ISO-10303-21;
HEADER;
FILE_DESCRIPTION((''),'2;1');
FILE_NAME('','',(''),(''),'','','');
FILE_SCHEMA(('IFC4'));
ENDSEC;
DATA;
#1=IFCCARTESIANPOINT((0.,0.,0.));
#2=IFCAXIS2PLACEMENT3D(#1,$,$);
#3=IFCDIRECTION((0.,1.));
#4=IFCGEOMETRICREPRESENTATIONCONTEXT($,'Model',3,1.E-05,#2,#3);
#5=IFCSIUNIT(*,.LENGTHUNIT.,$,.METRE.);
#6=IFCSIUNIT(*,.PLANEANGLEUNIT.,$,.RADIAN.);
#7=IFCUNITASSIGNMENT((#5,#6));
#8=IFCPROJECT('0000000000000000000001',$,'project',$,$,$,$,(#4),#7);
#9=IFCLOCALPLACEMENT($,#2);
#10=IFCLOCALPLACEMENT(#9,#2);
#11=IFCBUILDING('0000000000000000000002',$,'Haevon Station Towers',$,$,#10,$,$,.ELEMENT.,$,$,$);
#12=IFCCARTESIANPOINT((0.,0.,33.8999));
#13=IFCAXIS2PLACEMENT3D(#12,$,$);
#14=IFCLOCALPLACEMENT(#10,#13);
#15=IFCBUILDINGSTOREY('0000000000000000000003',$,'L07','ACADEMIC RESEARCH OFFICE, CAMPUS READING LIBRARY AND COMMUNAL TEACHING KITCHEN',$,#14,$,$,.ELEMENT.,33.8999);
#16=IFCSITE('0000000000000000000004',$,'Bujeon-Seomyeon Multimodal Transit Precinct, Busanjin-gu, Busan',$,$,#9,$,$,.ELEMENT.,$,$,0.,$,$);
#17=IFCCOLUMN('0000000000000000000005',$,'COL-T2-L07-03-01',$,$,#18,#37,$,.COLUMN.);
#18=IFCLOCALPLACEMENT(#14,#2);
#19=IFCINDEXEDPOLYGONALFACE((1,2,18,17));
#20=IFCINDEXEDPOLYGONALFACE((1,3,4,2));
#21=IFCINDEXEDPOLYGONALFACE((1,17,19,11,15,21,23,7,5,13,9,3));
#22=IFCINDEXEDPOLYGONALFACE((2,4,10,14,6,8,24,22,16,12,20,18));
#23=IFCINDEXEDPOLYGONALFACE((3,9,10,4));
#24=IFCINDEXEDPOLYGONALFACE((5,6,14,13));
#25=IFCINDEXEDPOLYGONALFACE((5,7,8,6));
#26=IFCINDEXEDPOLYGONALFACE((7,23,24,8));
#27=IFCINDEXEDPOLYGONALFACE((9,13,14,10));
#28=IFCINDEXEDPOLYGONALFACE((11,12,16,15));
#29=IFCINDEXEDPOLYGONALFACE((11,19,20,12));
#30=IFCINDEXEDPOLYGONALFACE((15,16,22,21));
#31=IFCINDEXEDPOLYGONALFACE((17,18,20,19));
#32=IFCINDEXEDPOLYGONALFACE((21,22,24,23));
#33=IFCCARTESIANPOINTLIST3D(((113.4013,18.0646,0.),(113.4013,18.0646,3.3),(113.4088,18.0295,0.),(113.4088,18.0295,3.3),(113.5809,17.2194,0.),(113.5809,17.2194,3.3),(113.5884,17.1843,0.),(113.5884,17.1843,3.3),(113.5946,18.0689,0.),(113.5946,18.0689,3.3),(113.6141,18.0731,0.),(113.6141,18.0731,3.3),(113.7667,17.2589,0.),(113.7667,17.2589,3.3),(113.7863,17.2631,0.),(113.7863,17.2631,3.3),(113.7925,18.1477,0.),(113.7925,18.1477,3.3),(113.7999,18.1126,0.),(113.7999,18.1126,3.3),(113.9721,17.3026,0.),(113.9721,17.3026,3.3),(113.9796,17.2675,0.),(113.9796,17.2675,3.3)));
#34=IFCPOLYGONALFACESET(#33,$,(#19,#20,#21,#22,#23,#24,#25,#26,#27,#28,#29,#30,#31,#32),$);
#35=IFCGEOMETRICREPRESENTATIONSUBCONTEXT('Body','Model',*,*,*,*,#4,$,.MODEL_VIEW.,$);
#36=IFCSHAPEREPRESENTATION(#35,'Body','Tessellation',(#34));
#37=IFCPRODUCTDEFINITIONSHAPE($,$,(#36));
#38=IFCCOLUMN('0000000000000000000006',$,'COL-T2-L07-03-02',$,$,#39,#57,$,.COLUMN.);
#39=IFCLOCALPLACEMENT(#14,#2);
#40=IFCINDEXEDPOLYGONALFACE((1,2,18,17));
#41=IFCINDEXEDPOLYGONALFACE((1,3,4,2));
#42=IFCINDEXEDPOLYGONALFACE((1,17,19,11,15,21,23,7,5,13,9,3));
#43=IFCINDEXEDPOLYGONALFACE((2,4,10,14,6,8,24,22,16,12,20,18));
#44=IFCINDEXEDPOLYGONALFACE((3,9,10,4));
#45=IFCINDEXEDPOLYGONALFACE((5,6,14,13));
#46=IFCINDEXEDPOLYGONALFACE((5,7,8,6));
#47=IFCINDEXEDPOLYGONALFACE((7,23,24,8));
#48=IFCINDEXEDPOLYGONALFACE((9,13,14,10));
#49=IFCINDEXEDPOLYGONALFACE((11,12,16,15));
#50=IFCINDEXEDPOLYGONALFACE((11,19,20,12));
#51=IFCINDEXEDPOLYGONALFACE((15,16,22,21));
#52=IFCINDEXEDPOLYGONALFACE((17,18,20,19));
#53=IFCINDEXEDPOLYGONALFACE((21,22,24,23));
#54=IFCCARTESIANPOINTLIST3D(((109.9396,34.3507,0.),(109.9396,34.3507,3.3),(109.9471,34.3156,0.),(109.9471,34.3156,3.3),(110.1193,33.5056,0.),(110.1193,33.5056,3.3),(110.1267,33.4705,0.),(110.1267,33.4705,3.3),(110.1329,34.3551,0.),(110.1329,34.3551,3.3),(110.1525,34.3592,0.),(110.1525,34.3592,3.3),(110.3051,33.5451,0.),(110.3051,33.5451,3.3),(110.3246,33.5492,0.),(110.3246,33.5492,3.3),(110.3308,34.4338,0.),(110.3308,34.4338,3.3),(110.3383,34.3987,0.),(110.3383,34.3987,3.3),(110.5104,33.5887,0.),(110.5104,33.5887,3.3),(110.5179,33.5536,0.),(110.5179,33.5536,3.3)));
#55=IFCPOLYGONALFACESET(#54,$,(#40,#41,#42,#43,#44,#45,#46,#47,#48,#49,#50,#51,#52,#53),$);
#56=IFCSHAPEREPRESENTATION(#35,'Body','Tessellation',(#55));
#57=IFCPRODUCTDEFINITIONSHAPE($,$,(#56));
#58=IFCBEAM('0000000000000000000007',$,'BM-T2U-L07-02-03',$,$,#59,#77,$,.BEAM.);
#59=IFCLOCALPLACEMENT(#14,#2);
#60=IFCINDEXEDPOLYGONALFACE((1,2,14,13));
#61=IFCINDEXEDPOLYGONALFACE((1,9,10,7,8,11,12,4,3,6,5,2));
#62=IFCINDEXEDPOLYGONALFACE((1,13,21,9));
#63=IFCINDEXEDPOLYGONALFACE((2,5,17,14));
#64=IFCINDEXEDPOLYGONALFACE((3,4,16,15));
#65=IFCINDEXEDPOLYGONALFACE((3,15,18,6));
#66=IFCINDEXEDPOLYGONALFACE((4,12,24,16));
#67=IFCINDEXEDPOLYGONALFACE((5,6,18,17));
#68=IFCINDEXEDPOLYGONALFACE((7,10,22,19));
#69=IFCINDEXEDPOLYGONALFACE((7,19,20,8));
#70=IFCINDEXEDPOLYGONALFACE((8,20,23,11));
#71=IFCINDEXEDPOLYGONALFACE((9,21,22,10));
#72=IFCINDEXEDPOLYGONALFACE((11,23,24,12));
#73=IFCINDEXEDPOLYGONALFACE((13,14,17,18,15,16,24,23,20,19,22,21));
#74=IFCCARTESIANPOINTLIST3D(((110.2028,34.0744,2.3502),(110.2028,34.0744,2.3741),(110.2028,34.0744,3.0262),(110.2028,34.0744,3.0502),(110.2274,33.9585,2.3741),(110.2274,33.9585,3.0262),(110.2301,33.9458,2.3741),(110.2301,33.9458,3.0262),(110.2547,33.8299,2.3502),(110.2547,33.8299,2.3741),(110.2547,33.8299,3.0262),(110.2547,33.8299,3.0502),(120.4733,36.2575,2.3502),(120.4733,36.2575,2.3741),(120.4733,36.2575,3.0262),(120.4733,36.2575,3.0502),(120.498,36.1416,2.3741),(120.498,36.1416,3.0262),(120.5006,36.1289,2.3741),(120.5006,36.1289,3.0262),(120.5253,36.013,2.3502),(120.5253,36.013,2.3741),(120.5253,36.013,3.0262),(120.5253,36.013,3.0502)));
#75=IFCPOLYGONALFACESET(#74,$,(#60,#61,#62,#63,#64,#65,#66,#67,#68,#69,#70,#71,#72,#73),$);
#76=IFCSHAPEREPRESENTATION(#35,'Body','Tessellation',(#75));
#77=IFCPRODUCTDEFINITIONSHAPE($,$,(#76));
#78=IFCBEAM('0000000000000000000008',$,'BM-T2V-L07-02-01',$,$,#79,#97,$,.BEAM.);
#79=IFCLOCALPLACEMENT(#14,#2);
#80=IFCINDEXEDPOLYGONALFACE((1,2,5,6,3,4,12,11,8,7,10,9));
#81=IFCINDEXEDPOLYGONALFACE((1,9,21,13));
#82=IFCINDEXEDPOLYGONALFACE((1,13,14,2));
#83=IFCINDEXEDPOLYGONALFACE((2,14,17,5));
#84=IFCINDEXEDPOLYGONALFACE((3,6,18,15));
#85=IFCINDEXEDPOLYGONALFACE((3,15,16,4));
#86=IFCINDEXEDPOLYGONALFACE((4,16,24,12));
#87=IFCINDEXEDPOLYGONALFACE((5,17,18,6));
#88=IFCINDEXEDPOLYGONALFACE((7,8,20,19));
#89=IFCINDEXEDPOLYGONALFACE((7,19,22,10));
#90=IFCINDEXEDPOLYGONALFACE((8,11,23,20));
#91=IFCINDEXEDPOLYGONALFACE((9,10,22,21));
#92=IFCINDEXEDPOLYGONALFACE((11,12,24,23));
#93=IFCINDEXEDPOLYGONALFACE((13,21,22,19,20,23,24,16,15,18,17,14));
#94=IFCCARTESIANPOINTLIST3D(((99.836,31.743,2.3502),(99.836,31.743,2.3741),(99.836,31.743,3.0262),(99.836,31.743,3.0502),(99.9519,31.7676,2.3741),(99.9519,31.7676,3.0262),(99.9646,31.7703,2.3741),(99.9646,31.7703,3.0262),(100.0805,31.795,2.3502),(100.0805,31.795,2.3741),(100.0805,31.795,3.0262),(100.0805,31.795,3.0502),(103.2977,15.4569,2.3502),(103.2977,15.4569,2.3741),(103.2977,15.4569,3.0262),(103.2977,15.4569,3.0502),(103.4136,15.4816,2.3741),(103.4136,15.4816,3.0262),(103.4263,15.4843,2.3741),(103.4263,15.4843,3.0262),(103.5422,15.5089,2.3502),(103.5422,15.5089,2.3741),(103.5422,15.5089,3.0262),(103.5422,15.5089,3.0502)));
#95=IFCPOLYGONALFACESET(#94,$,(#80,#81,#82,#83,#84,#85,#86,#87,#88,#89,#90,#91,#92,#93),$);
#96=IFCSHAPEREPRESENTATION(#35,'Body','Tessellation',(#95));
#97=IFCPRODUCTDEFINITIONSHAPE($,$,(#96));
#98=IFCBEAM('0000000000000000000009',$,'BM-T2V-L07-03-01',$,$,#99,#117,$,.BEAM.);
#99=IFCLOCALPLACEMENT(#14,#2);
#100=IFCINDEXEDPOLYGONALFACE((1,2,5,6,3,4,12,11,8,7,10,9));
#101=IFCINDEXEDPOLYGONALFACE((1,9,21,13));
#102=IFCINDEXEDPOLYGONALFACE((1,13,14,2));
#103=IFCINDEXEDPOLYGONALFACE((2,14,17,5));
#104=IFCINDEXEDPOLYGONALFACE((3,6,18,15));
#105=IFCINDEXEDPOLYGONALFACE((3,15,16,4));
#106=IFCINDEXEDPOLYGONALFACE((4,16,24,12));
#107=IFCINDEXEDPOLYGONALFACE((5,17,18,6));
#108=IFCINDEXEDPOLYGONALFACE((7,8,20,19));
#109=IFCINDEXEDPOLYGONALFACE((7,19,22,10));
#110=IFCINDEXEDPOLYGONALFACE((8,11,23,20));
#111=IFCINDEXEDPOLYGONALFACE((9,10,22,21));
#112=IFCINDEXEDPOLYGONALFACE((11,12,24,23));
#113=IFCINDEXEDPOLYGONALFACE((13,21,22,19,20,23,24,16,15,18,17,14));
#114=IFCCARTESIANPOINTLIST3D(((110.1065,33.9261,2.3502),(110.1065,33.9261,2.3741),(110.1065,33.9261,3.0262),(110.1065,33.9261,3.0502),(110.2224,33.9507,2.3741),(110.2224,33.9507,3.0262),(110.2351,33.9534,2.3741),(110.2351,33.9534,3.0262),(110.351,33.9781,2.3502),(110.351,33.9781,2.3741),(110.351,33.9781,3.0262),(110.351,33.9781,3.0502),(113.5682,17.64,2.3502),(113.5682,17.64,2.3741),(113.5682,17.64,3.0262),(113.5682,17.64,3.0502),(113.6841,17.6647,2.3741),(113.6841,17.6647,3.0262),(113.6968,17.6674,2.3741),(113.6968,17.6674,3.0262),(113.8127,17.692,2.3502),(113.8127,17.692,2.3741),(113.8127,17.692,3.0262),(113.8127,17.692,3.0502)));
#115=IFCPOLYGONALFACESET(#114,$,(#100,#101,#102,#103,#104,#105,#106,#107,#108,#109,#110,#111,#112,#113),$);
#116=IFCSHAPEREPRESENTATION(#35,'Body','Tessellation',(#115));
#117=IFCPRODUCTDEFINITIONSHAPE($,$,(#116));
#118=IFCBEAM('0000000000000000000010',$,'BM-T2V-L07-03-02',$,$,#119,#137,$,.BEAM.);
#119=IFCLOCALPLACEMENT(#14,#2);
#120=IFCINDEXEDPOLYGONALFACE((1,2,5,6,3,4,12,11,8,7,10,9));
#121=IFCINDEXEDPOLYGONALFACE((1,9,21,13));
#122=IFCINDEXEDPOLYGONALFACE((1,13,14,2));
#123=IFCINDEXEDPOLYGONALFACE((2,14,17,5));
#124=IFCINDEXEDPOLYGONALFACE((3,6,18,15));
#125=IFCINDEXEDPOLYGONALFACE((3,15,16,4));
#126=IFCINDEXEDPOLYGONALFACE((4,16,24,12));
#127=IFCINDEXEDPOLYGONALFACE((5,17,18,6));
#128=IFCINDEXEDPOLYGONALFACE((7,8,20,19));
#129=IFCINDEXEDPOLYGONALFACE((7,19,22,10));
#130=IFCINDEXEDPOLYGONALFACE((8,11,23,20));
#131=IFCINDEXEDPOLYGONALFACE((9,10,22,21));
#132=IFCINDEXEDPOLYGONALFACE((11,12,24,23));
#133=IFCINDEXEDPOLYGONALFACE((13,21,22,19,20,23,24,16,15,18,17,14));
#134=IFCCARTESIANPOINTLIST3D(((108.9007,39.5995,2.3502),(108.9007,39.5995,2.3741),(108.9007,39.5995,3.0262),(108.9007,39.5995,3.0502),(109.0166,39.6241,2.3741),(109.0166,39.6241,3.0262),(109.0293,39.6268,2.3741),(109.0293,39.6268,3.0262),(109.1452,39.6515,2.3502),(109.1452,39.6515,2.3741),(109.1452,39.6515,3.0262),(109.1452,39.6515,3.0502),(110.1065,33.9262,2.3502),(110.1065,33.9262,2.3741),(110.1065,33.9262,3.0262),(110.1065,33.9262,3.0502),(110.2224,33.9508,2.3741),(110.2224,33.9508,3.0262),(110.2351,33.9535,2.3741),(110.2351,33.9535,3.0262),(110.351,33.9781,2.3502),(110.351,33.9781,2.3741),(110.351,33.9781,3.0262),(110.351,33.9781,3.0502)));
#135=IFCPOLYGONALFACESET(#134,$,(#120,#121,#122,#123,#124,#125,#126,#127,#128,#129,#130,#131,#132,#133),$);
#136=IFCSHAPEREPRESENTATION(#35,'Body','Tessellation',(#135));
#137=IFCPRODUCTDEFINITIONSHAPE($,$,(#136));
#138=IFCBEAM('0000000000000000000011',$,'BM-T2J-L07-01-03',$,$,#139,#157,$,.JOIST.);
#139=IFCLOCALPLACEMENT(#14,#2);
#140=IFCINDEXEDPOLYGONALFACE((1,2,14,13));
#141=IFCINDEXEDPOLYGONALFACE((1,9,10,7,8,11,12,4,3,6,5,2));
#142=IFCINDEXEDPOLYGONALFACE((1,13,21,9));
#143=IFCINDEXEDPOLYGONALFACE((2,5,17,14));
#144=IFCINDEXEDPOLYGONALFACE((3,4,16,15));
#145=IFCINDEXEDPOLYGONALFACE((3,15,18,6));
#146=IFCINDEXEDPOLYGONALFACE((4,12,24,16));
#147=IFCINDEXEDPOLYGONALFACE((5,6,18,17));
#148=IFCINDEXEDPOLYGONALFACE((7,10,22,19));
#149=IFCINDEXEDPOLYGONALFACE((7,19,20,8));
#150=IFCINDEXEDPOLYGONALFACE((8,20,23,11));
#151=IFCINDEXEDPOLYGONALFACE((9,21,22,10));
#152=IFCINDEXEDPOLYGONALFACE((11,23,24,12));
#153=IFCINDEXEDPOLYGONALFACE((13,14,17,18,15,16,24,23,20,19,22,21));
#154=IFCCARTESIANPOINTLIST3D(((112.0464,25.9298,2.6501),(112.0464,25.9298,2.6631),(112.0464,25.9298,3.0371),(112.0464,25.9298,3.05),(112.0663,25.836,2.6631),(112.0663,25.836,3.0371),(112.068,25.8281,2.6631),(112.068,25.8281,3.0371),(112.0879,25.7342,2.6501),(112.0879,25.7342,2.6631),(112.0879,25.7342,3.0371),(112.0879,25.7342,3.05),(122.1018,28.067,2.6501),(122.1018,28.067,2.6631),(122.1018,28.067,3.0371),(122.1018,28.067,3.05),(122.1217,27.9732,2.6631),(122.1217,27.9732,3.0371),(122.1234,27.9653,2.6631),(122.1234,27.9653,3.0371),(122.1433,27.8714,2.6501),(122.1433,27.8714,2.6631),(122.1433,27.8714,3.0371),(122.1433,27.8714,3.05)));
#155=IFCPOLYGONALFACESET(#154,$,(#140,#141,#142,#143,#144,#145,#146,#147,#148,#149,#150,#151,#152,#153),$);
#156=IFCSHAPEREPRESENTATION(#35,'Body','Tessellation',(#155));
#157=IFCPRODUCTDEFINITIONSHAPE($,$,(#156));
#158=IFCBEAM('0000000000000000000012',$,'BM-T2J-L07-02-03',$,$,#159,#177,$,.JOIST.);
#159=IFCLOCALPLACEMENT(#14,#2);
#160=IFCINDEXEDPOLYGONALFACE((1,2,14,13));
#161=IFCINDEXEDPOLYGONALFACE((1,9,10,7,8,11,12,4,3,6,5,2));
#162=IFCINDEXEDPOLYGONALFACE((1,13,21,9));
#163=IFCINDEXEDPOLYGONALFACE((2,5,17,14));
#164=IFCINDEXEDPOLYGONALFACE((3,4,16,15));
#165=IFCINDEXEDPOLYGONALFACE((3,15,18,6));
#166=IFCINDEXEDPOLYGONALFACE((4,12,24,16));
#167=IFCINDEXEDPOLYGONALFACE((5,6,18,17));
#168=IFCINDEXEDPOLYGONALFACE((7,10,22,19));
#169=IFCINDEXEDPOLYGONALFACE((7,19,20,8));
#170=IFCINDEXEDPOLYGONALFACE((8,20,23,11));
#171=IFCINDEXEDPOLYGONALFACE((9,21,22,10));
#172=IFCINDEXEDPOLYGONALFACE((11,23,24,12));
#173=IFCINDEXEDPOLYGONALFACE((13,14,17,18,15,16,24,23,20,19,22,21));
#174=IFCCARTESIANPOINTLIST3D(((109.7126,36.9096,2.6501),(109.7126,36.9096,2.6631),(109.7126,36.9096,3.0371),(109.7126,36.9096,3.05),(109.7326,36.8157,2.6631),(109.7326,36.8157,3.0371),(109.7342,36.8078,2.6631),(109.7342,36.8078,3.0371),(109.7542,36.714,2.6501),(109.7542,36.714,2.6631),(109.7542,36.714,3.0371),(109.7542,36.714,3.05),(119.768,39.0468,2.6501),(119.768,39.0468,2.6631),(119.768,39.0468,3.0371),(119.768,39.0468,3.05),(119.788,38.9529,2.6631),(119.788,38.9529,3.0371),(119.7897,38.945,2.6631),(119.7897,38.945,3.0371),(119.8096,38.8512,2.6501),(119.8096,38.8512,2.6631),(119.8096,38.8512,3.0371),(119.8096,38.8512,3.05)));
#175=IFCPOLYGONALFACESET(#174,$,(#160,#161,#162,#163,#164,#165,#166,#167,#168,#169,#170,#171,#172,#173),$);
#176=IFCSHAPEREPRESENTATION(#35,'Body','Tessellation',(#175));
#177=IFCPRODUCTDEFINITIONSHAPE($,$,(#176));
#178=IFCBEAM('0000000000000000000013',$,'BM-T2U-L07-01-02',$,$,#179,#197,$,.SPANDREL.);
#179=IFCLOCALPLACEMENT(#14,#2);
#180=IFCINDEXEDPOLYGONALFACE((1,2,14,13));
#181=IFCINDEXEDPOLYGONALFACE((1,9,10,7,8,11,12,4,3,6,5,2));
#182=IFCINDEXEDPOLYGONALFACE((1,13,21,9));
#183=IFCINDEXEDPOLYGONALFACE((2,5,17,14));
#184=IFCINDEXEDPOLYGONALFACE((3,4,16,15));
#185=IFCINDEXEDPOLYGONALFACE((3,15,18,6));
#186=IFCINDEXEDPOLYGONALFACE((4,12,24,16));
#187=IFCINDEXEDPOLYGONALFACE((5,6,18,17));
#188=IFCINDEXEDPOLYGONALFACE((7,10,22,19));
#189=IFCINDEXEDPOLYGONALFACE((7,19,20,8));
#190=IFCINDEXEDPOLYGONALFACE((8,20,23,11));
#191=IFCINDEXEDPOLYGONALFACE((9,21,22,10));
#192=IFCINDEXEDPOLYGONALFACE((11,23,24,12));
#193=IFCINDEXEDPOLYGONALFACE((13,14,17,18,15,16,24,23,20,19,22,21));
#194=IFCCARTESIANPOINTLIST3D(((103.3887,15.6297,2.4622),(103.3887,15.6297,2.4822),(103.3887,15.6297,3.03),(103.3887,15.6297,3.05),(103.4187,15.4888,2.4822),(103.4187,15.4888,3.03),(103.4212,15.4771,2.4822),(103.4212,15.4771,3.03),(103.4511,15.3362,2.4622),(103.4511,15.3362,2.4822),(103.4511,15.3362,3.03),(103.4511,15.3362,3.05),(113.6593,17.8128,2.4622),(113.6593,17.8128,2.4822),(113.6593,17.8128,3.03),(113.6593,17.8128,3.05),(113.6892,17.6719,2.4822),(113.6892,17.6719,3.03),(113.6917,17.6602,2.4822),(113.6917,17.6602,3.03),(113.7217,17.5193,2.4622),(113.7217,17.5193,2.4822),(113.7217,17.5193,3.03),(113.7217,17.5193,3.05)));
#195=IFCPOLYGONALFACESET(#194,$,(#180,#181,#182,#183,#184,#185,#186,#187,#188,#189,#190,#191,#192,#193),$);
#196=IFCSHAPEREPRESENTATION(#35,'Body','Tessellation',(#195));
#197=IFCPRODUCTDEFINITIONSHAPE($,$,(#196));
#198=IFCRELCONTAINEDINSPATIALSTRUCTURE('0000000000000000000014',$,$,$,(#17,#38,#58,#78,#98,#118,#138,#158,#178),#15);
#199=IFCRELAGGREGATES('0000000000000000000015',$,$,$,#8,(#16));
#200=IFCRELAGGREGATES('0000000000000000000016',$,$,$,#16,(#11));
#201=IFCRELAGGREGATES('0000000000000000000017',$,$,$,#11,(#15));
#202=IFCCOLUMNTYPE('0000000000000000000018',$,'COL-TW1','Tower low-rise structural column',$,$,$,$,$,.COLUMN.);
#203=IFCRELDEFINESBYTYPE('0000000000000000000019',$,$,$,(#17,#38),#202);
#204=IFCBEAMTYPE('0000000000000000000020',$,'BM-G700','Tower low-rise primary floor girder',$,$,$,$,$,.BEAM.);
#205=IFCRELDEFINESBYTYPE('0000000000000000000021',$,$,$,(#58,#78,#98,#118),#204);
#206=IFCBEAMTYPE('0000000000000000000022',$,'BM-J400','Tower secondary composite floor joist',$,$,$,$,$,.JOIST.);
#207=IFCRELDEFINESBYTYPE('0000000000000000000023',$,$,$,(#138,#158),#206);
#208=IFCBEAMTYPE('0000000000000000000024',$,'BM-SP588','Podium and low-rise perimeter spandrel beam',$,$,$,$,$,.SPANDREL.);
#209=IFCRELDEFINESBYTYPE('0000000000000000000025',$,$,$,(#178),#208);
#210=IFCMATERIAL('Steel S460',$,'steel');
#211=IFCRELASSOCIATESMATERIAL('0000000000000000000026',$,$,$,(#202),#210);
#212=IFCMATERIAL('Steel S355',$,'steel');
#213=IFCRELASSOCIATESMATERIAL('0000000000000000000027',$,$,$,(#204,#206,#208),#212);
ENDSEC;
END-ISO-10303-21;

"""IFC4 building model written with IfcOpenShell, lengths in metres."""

from ifc_helpers import new_model, si_unit, direction, frame, origin, origin_2d, place, context, subcontext, project, spatial, i_section, extrude, material, material_profile, profile_set, type_object, element, save


model = new_model("IFC4")

# Units and contexts
model_context = context("Model", 3, precision=1e-05, world=origin(), true_north=direction((0.0, 1.0)))
body_context = subcontext(model_context, "Body", "Model", "MODEL_VIEW")
ifc_project = project(units=[si_unit("LENGTHUNIT", "METRE"), si_unit("PLANEANGLEUNIT", "RADIAN")], contexts=[model_context])

# Site, building, storey
site_placement = place(None, origin())
site = spatial("IfcSite", under=ifc_project, at=site_placement, Name="Bujeon-Seomyeon Multimodal Transit Precinct, Busanjin-gu, Busan", CompositionType="ELEMENT", RefElevation=0.0)
building_placement = place(site_placement, origin())
building = spatial("IfcBuilding", under=site, at=building_placement, Name="Haevon Station Towers", CompositionType="ELEMENT")
storey_placement = place(building_placement, frame((0.0, 0.0, 33.8999)))
storey = spatial("IfcBuildingStorey", under=building, at=storey_placement, Name="L07", Description="ACADEMIC RESEARCH OFFICE, CAMPUS READING LIBRARY AND COMMUNAL TEACHING KITCHEN", CompositionType="ELEMENT", Elevation=33.8999)

# Columns
ifc_material_1 = material(Name="Steel S460", Category="steel")
ifc_material_profile_1 = material_profile(ifc_material_1, i_section(OverallWidth=0.3999, OverallDepth=0.8999, WebThickness=0.02, FlangeThickness=0.0359, at=origin_2d()), Name="H-900x400x20x36")
ifc_profile_set_1 = profile_set([ifc_material_profile_1], Name="Steel S460")
column_type = type_object("IfcColumnType", Name="COL-TW1", Description="Tower low-rise structural column", PredefinedType="COLUMN", material=ifc_profile_set_1)
for number, where, z_axis, x_axis, name in (
    (1, (113.6904, 17.666, 0.0), (0.0, 0.0, 1.0), (0.978148, 0.207912, 0.0), "COL-T2-L07-03-01"),
    (2, (110.2288, 33.9521, 0.0), (0.0, 0.0, 1.0), (0.978148, 0.207912, 0.0), "COL-T2-L07-03-02"),
):
    element("IfcColumn", number, at=place(storey_placement, frame(where, z_axis=z_axis, x_axis=x_axis)), inside=storey, type_object=column_type, Name=name, PredefinedType="COLUMN", context=body_context, shape_type="SweptSolid", body=[
        extrude(i_section(OverallWidth=0.3999, OverallDepth=0.8999, WebThickness=0.02, FlangeThickness=0.0359, at=origin_2d()), origin(), (0.0, 0.0, 1.0), 3.3),
    ])

# Beams
ifc_material_2 = material(Name="Steel S355", Category="steel")
ifc_material_profile_2 = material_profile(ifc_material_2, i_section(OverallWidth=0.25, OverallDepth=0.7, WebThickness=0.0129, FlangeThickness=0.0239, at=origin_2d()), Name="H-700x250x13x24")
ifc_profile_set_2 = profile_set([ifc_material_profile_2], Name="Steel S355")
beam_type_1 = type_object("IfcBeamType", Name="BM-G700", Description="Tower low-rise primary floor girder", PredefinedType="BEAM", material=ifc_profile_set_2)
beam_1_placement = place(storey_placement, frame((110.2288, 33.9521, 2.7002), z_axis=(0.978147, 0.207915, 0.0), x_axis=(-0.207915, 0.978147, 0.0)))
element("IfcBeam", 3, at=beam_1_placement, inside=storey, type_object=beam_type_1, Name="BM-T2U-L07-02-03", PredefinedType="BEAM", context=body_context, shape_type="SweptSolid", body=[
    extrude(i_section(OverallWidth=0.25, OverallDepth=0.7, WebThickness=0.0129, FlangeThickness=0.0239, at=origin_2d()), origin(), (0.0, 0.0, 1.0), 10.5),
])
for number, where, z_axis, x_axis, name in (
    (4, (103.4199, 15.4829, 2.7002), (-0.207909, 0.978148, 0.0), (-0.978148, -0.207909, 0.0), "BM-T2V-L07-02-01"),
    (5, (113.6904, 17.666, 2.7002), (-0.207909, 0.978148, 0.0), (-0.978148, -0.207909, 0.0), "BM-T2V-L07-03-01"),
):
    element("IfcBeam", number, at=place(storey_placement, frame(where, z_axis=z_axis, x_axis=x_axis)), inside=storey, type_object=beam_type_1, Name=name, PredefinedType="BEAM", context=body_context, shape_type="SweptSolid", body=[
        extrude(i_section(OverallWidth=0.25, OverallDepth=0.7, WebThickness=0.0129, FlangeThickness=0.0239, at=origin_2d()), origin(), (0.0, 0.0, 1.0), 16.6499),
    ])
beam_2_placement = place(storey_placement, frame((110.2288, 33.9521, 2.7002), z_axis=(-0.207896, 0.978151, 0.0), x_axis=(-0.978151, -0.207896, 0.0)))
element("IfcBeam", 6, at=beam_2_placement, inside=storey, type_object=beam_type_1, Name="BM-T2V-L07-03-02", PredefinedType="BEAM", context=body_context, shape_type="SweptSolid", body=[
    extrude(i_section(OverallWidth=0.25, OverallDepth=0.7, WebThickness=0.0129, FlangeThickness=0.0239, at=origin_2d()), origin(), (0.0, 0.0, 1.0), 5.8),
])
ifc_material_profile_3 = material_profile(ifc_material_2, i_section(OverallWidth=0.2, OverallDepth=0.3999, WebThickness=0.0081, FlangeThickness=0.0129, at=origin_2d()), Name="H-400x200x8x13")
ifc_profile_set_3 = profile_set([ifc_material_profile_3], Name="Steel S355")
beam_type_2 = type_object("IfcBeamType", Name="BM-J400", Description="Tower secondary composite floor joist", PredefinedType="JOIST", material=ifc_profile_set_3)
for number, where, z_axis, x_axis, name in (
    (7, (112.0671, 25.832, 2.8501), (0.97815, 0.207899, 0.0), (-0.207899, 0.97815, 0.0), "BM-T2J-L07-01-03"),
    (8, (109.7334, 36.8118, 2.8501), (0.97815, 0.207899, 0.0), (-0.207899, 0.97815, 0.0), "BM-T2J-L07-02-03"),
):
    element("IfcBeam", number, at=place(storey_placement, frame(where, z_axis=z_axis, x_axis=x_axis)), inside=storey, type_object=beam_type_2, Name=name, PredefinedType="JOIST", context=body_context, shape_type="SweptSolid", body=[
        extrude(i_section(OverallWidth=0.2, OverallDepth=0.3999, WebThickness=0.0081, FlangeThickness=0.0129, at=origin_2d()), origin(), (0.0, 0.0, 1.0), 10.28),
    ])
ifc_material_profile_4 = material_profile(ifc_material_2, i_section(OverallWidth=0.3, OverallDepth=0.5879, WebThickness=0.012, FlangeThickness=0.02, at=origin_2d()), Name="H-588x300x12x20")
ifc_profile_set_4 = profile_set([ifc_material_profile_4], Name="Steel S355")
beam_type_3 = type_object("IfcBeamType", Name="BM-SP588", Description="Podium and low-rise perimeter spandrel beam", PredefinedType="SPANDREL", material=ifc_profile_set_4)
beam_3_placement = place(storey_placement, frame((103.4199, 15.4829, 2.7561), z_axis=(0.978147, 0.207915, 0.0), x_axis=(-0.207915, 0.978147, 0.0)))
element("IfcBeam", 9, at=beam_3_placement, inside=storey, type_object=beam_type_3, Name="BM-T2U-L07-01-02", PredefinedType="SPANDREL", context=body_context, shape_type="SweptSolid", body=[
    extrude(i_section(OverallWidth=0.3, OverallDepth=0.5879, WebThickness=0.012, FlangeThickness=0.02, at=origin_2d()), origin(), (0.0, 0.0, 1.0), 10.5),
])

save(model, "model.ifc")
